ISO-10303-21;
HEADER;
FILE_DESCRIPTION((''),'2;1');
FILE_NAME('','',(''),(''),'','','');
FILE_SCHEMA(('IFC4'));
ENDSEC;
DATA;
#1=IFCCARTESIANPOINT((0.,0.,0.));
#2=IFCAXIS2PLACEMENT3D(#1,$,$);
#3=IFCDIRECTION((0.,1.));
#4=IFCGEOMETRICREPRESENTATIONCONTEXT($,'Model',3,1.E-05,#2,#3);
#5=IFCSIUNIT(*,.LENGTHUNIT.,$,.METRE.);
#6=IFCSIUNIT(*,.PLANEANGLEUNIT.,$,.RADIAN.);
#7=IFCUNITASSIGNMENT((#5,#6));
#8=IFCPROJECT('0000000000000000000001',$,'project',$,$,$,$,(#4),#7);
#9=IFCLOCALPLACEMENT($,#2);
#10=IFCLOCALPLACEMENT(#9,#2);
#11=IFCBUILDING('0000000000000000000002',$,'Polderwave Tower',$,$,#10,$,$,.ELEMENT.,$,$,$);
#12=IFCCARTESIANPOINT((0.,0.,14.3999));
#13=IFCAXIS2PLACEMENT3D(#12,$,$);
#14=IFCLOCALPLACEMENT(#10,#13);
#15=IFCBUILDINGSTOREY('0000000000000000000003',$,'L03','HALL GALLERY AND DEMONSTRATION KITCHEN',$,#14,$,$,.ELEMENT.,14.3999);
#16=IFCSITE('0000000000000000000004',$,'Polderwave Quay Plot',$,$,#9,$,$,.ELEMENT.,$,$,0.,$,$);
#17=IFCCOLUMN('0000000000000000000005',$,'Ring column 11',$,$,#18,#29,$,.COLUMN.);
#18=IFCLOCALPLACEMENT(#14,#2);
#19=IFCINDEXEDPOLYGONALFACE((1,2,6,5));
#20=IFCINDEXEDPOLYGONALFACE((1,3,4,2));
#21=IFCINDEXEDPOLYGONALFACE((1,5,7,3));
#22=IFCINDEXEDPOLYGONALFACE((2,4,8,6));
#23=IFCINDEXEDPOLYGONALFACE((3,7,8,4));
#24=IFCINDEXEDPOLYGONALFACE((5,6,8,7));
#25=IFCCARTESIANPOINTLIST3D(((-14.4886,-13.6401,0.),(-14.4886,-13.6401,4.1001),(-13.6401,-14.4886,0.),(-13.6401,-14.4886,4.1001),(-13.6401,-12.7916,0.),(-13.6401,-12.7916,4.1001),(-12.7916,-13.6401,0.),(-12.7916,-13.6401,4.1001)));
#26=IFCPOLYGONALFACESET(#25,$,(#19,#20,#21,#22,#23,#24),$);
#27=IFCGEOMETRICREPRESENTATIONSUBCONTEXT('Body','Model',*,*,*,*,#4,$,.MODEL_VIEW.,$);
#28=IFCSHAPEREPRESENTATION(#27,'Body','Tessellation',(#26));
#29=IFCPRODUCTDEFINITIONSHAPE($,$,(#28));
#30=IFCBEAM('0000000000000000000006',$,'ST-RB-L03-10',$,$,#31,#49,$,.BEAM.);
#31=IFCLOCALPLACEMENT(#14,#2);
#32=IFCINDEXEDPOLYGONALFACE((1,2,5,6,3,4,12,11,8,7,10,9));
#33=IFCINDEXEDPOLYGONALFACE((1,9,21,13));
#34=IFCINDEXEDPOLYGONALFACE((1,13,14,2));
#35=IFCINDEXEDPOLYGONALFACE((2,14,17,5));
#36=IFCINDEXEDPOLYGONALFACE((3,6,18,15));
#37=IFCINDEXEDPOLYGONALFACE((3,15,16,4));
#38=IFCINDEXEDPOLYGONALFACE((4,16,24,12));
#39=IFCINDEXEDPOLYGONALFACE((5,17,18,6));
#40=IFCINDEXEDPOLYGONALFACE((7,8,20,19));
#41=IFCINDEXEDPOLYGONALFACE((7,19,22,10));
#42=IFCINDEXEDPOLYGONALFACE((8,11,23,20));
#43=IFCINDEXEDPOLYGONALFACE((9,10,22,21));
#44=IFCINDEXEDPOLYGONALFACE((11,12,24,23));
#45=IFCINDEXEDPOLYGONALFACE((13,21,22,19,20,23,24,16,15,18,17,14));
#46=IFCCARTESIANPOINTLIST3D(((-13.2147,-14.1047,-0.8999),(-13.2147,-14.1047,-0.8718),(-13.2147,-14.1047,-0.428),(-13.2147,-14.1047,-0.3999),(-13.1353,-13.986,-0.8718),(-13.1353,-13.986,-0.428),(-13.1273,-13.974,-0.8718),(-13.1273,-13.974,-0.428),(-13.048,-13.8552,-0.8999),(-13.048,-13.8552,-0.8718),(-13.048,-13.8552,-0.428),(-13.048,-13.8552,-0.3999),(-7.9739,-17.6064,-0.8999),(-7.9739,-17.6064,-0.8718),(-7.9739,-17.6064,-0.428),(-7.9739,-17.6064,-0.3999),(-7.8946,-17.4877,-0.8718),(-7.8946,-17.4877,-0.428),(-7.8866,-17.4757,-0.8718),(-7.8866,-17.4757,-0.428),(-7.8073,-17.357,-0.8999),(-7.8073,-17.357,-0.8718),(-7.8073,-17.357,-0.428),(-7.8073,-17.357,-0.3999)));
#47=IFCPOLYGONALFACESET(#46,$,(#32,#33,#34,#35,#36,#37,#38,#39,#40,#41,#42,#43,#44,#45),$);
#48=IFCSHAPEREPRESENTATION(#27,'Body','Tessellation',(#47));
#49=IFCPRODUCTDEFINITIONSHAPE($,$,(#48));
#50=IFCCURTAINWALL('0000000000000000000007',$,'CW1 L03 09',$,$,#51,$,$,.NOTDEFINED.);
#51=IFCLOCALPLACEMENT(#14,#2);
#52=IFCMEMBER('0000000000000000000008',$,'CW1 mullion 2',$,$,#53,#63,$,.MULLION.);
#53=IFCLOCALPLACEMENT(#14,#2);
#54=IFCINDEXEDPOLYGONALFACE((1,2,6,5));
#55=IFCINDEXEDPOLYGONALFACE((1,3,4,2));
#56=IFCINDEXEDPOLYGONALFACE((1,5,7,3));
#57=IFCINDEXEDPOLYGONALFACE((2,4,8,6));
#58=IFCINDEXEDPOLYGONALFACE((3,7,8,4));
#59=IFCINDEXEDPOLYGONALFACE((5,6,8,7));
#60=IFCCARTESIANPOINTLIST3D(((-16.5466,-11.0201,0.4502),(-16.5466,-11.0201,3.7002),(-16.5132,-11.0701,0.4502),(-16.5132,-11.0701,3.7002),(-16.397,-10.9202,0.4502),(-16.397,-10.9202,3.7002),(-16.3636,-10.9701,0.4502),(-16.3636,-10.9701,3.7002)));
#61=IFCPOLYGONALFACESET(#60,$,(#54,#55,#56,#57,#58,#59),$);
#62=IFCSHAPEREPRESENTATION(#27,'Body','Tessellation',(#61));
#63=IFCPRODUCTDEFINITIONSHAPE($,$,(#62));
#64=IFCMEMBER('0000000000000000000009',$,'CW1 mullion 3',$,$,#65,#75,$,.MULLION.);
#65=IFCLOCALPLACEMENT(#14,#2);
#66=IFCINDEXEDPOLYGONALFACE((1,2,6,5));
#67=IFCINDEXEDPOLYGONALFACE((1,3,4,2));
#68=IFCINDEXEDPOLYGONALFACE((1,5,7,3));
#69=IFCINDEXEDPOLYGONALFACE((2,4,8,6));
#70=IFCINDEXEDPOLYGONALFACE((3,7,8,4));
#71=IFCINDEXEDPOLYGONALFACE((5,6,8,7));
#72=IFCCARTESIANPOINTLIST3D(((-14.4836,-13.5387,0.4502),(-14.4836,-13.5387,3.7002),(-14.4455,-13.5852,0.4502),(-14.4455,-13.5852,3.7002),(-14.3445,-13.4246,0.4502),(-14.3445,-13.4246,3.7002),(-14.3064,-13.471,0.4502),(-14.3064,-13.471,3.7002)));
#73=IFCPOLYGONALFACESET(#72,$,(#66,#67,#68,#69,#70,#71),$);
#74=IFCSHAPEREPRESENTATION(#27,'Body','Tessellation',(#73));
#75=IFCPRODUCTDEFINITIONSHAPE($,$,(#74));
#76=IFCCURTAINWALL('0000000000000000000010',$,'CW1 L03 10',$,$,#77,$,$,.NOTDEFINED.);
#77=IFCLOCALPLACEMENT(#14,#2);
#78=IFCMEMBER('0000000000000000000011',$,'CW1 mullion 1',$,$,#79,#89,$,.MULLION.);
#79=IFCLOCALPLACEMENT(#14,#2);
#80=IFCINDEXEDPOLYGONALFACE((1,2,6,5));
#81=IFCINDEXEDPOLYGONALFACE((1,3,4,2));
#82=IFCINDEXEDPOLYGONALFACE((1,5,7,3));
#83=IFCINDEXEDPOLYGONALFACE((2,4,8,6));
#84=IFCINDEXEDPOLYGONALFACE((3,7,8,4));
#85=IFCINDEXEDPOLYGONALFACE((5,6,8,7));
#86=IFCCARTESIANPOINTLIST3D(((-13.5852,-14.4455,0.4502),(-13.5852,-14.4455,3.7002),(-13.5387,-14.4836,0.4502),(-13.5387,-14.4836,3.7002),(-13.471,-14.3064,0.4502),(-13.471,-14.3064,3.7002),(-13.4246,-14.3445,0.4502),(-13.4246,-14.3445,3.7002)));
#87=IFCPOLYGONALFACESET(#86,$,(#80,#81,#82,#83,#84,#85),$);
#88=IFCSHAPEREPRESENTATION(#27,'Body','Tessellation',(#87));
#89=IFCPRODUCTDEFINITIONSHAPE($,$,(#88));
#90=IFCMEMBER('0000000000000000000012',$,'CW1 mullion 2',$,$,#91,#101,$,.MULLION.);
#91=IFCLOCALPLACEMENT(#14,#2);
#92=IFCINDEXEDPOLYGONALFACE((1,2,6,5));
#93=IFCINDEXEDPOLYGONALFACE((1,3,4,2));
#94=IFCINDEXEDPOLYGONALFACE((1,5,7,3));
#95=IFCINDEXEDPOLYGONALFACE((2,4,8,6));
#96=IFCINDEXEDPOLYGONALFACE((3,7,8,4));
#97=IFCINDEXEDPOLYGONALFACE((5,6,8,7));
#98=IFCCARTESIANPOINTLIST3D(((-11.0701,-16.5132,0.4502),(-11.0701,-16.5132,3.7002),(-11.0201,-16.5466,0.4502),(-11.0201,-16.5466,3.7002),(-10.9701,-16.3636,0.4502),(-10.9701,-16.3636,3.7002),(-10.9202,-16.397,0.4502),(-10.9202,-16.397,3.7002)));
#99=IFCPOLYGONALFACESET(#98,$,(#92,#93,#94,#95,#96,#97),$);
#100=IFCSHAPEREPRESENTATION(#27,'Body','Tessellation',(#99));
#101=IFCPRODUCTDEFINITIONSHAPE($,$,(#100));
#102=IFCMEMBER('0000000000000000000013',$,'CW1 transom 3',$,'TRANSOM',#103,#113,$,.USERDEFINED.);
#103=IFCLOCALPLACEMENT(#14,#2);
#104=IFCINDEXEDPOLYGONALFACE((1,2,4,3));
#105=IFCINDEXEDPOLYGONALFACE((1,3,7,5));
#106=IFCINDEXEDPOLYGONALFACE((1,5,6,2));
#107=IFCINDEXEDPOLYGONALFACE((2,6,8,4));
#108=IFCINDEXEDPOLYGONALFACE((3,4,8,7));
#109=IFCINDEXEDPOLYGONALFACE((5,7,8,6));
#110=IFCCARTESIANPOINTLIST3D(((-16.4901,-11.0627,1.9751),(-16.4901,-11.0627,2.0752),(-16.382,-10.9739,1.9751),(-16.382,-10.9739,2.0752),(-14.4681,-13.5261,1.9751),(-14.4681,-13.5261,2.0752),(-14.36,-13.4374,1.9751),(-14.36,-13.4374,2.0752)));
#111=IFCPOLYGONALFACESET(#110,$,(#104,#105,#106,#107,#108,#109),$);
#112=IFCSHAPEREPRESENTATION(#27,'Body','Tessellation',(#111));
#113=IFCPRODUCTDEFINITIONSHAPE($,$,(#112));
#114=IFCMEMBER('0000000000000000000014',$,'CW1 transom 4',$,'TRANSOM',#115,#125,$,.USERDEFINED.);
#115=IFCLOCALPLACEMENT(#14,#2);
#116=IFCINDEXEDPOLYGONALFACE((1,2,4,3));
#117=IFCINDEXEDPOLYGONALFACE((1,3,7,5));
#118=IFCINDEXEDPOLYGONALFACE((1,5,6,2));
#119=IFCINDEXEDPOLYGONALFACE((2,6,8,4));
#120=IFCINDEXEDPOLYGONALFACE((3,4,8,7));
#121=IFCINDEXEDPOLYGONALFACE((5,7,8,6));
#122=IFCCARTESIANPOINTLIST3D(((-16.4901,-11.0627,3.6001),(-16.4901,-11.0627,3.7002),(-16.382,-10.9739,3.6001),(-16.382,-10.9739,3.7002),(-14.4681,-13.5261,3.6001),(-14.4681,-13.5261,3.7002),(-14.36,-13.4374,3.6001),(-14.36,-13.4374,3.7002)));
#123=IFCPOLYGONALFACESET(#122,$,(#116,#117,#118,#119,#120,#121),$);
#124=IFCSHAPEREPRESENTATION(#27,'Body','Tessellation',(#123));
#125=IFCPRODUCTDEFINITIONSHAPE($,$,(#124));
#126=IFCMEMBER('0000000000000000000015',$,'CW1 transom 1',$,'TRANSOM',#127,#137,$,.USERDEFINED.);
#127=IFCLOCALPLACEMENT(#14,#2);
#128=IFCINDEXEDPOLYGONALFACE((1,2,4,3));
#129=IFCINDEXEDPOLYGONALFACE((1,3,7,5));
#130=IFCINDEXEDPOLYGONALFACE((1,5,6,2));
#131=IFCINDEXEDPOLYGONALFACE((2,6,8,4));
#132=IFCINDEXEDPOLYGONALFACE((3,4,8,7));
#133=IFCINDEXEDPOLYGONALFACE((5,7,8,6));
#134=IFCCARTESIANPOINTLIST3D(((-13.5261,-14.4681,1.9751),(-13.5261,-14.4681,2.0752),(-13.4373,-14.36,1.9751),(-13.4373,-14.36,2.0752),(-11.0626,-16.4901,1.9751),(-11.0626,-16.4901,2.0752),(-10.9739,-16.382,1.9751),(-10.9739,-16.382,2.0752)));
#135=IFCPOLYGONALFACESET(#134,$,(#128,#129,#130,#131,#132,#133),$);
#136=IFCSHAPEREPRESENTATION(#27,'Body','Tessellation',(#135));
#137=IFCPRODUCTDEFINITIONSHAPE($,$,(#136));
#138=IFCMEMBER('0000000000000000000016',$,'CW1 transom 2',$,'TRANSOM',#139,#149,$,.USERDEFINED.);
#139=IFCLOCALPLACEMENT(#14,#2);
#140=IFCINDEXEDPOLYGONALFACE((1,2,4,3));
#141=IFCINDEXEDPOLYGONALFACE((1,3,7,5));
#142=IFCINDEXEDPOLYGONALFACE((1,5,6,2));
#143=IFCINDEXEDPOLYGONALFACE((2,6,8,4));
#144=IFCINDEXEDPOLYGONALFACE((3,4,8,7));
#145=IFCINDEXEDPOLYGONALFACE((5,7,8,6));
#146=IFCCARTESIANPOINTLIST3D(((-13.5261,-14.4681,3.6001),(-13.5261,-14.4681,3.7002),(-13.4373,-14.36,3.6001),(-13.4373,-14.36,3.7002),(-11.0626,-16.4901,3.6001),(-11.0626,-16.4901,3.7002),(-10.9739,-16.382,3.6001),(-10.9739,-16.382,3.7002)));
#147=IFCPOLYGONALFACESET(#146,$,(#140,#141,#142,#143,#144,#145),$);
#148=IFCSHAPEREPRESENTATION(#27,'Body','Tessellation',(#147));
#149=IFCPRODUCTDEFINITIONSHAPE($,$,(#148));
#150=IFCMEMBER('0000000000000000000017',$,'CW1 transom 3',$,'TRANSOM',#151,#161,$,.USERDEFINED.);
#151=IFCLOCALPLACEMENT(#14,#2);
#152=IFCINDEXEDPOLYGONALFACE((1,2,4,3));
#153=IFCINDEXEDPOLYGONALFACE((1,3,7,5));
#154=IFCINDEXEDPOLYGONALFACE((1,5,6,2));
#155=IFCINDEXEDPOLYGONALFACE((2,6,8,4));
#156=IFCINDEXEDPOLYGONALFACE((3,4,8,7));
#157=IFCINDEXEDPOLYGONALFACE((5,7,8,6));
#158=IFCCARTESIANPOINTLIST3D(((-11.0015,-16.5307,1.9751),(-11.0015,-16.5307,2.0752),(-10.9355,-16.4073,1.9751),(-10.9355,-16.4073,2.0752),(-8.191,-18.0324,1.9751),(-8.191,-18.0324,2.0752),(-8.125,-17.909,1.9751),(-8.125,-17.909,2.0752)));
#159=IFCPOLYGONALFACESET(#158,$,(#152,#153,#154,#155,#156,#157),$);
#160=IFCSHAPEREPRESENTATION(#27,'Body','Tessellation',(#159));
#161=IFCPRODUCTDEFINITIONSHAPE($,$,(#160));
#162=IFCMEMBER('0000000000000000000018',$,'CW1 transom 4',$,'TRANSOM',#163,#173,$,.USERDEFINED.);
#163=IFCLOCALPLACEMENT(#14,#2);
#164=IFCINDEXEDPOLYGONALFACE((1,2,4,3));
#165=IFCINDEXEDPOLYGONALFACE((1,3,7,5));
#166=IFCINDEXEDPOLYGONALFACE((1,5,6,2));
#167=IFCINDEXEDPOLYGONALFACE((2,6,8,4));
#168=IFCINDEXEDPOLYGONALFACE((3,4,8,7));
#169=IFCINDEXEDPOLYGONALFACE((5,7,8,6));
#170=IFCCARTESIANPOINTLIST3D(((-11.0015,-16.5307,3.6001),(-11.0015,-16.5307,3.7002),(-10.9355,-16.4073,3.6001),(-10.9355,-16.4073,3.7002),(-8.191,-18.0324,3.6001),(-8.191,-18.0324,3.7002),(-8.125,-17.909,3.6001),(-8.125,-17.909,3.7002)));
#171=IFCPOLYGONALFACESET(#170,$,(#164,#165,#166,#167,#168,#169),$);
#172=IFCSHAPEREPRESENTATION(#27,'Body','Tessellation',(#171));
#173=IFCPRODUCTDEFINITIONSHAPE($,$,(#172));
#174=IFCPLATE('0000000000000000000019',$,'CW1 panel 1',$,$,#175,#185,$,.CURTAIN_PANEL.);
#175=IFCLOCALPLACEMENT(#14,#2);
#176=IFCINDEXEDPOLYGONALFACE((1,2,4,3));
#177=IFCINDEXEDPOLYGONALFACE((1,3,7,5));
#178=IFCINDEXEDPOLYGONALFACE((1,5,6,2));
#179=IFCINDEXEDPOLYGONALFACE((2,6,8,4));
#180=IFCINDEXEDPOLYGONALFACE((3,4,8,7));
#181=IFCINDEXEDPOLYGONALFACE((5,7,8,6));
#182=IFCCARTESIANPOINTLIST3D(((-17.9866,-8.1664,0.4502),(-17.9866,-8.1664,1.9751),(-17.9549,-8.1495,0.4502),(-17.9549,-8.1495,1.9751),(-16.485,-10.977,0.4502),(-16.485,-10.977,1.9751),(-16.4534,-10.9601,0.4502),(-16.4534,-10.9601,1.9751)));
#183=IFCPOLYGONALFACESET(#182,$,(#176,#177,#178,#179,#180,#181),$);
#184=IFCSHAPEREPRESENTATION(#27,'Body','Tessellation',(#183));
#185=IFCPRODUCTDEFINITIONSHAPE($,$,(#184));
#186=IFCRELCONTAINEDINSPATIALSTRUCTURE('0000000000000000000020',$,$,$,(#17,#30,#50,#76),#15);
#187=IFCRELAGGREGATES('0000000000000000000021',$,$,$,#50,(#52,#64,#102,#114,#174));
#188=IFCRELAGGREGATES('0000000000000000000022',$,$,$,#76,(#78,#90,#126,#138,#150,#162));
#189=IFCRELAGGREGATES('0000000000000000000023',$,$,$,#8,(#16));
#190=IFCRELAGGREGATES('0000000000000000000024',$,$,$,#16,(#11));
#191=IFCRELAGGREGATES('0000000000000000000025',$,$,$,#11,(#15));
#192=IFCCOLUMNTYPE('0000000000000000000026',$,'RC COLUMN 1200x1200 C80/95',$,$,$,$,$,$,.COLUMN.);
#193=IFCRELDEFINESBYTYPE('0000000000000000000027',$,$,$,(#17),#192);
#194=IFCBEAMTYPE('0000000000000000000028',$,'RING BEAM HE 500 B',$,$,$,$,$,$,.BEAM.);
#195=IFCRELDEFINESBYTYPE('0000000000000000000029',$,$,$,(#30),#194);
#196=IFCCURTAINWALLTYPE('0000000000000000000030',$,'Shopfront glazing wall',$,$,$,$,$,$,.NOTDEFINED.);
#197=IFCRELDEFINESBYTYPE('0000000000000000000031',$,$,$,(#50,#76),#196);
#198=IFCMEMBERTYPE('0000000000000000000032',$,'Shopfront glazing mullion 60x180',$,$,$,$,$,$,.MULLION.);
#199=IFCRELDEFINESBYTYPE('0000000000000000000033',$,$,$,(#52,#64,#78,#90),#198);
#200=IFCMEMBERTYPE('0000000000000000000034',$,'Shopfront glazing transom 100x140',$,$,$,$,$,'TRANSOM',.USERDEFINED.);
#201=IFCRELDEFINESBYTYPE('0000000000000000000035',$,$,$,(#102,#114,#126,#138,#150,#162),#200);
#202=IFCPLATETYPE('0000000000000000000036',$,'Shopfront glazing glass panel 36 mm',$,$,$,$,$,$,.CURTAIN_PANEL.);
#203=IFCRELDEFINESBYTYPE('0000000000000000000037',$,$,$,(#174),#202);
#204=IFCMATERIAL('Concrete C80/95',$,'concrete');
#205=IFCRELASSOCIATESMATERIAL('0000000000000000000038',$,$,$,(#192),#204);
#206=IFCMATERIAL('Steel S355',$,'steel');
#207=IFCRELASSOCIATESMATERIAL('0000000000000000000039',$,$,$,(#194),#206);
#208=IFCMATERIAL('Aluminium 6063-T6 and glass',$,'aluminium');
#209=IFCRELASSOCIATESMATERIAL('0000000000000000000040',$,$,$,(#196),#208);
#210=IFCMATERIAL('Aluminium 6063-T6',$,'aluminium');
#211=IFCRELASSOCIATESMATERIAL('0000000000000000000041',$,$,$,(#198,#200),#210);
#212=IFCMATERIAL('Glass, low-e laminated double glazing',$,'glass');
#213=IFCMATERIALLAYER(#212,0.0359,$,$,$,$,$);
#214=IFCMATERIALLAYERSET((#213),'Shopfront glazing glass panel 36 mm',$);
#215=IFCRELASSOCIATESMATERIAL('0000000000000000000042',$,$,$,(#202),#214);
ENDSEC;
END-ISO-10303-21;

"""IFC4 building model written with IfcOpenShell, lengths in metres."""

from ifc_helpers import new_model, si_unit, direction, frame, origin, origin_2d, place, context, subcontext, project, spatial, rectangle, i_section, extrude, material, layer, layer_set, material_profile, profile_set, type_object, element, aggregate, save


model = new_model("IFC4")

# Units and contexts
model_context = context("Model", 3, precision=1e-05, world=origin(), true_north=direction((0.0, 1.0)))
body_context = subcontext(model_context, "Body", "Model", "MODEL_VIEW")
ifc_project = project(units=[si_unit("LENGTHUNIT", "METRE"), si_unit("PLANEANGLEUNIT", "RADIAN")], contexts=[model_context])

# Site, building, storey
site_placement = place(None, origin())
site = spatial("IfcSite", under=ifc_project, at=site_placement, Name="Polderwave Quay Plot", CompositionType="ELEMENT", RefElevation=0.0)
building_placement = place(site_placement, origin())
building = spatial("IfcBuilding", under=site, at=building_placement, Name="Polderwave Tower", CompositionType="ELEMENT")
storey_placement = place(building_placement, frame((0.0, 0.0, 14.3999)))
storey = spatial("IfcBuildingStorey", under=building, at=storey_placement, Name="L03", Description="HALL GALLERY AND DEMONSTRATION KITCHEN", CompositionType="ELEMENT", Elevation=14.3999)

# Column
ifc_material_1 = material(Name="Concrete C80/95", Category="concrete")
ifc_material_profile_1 = material_profile(ifc_material_1, rectangle(XDim=1.2, YDim=1.2, at=origin_2d()), Name="RC 1200x1200")
ifc_profile_set_1 = profile_set([ifc_material_profile_1], Name="Concrete C80/95")
column_type = type_object("IfcColumnType", Name="RC COLUMN 1200x1200 C80/95", PredefinedType="COLUMN", material=ifc_profile_set_1)
column_placement = place(storey_placement, frame((-13.6401, -13.6401, 0.0), z_axis=(0.0, 0.0, 1.0), x_axis=(-0.707107, -0.707107, 0.0)))
element("IfcColumn", 1, at=column_placement, inside=storey, type_object=column_type, Name="Ring column 11", PredefinedType="COLUMN", context=body_context, shape_type="SweptSolid", body=[
    extrude(rectangle(XDim=1.2, YDim=1.2, at=origin_2d()), origin(), (0.0, 0.0, 1.0), 4.1001),
])

# Beam
ifc_material_2 = material(Name="Steel S355", Category="steel")
ifc_material_profile_2 = material_profile(ifc_material_2, i_section(OverallWidth=0.3, OverallDepth=0.5, WebThickness=0.0144, FlangeThickness=0.0281, at=origin_2d()), Name="HE 500 B")
ifc_profile_set_2 = profile_set([ifc_material_profile_2], Name="Steel S355")
beam_type = type_object("IfcBeamType", Name="RING BEAM HE 500 B", PredefinedType="BEAM", material=ifc_profile_set_2)
beam_placement = place(storey_placement, frame((-13.1313, -13.98, -0.6499), z_axis=(0.831472, -0.555567, 0.0), x_axis=(0.555567, 0.831472, 0.0)))
element("IfcBeam", 2, at=beam_placement, inside=storey, type_object=beam_type, Name="ST-RB-L03-10", PredefinedType="BEAM", context=body_context, shape_type="SweptSolid", body=[
    extrude(i_section(OverallWidth=0.3, OverallDepth=0.5, WebThickness=0.0144, FlangeThickness=0.0281, at=origin_2d()), origin(), (0.0, 0.0, 1.0), 6.303),
])

# Curtain walls, members
ifc_material_3 = material(Name="Aluminium 6063-T6 and glass", Category="aluminium")
curtain_wall_type = type_object("IfcCurtainWallType", Name="Shopfront glazing wall", PredefinedType="NOTDEFINED", material=ifc_material_3)
curtain_wall_1_placement = place(storey_placement, origin())
curtain_wall_1 = element("IfcCurtainWall", 3, at=curtain_wall_1_placement, inside=storey, type_object=curtain_wall_type, Name="CW1 L03 09", PredefinedType="NOTDEFINED")
ifc_material_4 = material(Name="Aluminium 6063-T6", Category="aluminium")
ifc_material_profile_3 = material_profile(ifc_material_4, rectangle(XDim=0.1799, YDim=0.0601, at=origin_2d()), Name="AL 60x180")
ifc_profile_set_3 = profile_set([ifc_material_profile_3], Name="Aluminium 6063-T6")
member_type_1 = type_object("IfcMemberType", Name="Shopfront glazing mullion 60x180", PredefinedType="MULLION", material=ifc_profile_set_3)
member_1_placement = place(storey_placement, frame((-16.4551, -10.9951, 0.4502), z_axis=(0.0, 0.0, 1.0), x_axis=(0.83151, 0.555509, 0.0)))
member_1 = element("IfcMember", 4, at=member_1_placement, type_object=member_type_1, Name="CW1 mullion 2", PredefinedType="MULLION", context=body_context, shape_type="SweptSolid", body=[
    extrude(rectangle(XDim=0.1799, YDim=0.0601, at=origin_2d()), origin(), (0.0, 0.0, 1.0), 3.25),
])
member_2_placement = place(storey_placement, frame((-14.395, -13.5049, 0.4502), z_axis=(0.0, 0.0, 1.0), x_axis=(0.772977, 0.634434, 0.0)))
member_2 = element("IfcMember", 5, at=member_2_placement, type_object=member_type_1, Name="CW1 mullion 3", PredefinedType="MULLION", context=body_context, shape_type="SweptSolid", body=[
    extrude(rectangle(XDim=0.1799, YDim=0.0601, at=origin_2d()), origin(), (0.0, 0.0, 1.0), 3.25),
])
curtain_wall_2_placement = place(storey_placement, origin())
curtain_wall_2 = element("IfcCurtainWall", 6, at=curtain_wall_2_placement, inside=storey, type_object=curtain_wall_type, Name="CW1 L03 10", PredefinedType="NOTDEFINED")
member_3_placement = place(storey_placement, frame((-13.5049, -14.395, 0.4502), z_axis=(0.0, 0.0, 1.0), x_axis=(0.634434, 0.772977, 0.0)))
member_3 = element("IfcMember", 7, at=member_3_placement, type_object=member_type_1, Name="CW1 mullion 1", PredefinedType="MULLION", context=body_context, shape_type="SweptSolid", body=[
    extrude(rectangle(XDim=0.1799, YDim=0.0601, at=origin_2d()), origin(), (0.0, 0.0, 1.0), 3.25),
])
member_4_placement = place(storey_placement, frame((-10.9951, -16.4551, 0.4502), z_axis=(0.0, 0.0, 1.0), x_axis=(0.555509, 0.83151, 0.0)))
member_4 = element("IfcMember", 8, at=member_4_placement, type_object=member_type_1, Name="CW1 mullion 2", PredefinedType="MULLION", context=body_context, shape_type="SweptSolid", body=[
    extrude(rectangle(XDim=0.1799, YDim=0.0601, at=origin_2d()), origin(), (0.0, 0.0, 1.0), 3.25),
])

# Members
ifc_material_profile_4 = material_profile(ifc_material_4, rectangle(XDim=0.1399, YDim=0.1001, at=origin_2d()), Name="AL 100x140")
ifc_profile_set_4 = profile_set([ifc_material_profile_4], Name="Aluminium 6063-T6")
member_type_2 = type_object("IfcMemberType", Name="Shopfront glazing transom 100x140", ElementType="TRANSOM", PredefinedType="USERDEFINED", material=ifc_profile_set_4)
member_5_placement = place(storey_placement, frame((-16.436, -11.0183, 2.0251), z_axis=(0.634455, -0.77296, 0.0), x_axis=(0.77296, 0.634455, 0.0)))
member_5 = element("IfcMember", 9, at=member_5_placement, type_object=member_type_2, Name="CW1 transom 3", ObjectType="TRANSOM", PredefinedType="USERDEFINED", context=body_context, shape_type="SweptSolid", body=[
    extrude(rectangle(XDim=0.1399, YDim=0.1001, at=origin_2d()), origin(), (0.0, 0.0, 1.0), 3.187),
])
member_6_placement = place(storey_placement, frame((-16.436, -11.0183, 3.6501), z_axis=(0.634455, -0.77296, 0.0), x_axis=(0.77296, 0.634455, 0.0)))
member_6 = element("IfcMember", 10, at=member_6_placement, type_object=member_type_2, Name="CW1 transom 4", ObjectType="TRANSOM", PredefinedType="USERDEFINED", context=body_context, shape_type="SweptSolid", body=[
    extrude(rectangle(XDim=0.1399, YDim=0.1001, at=origin_2d()), origin(), (0.0, 0.0, 1.0), 3.187),
])
member_7_placement = place(storey_placement, frame((-13.4817, -14.4141, 2.0251), z_axis=(0.77296, -0.634455, 0.0), x_axis=(0.634455, 0.77296, 0.0)))
member_7 = element("IfcMember", 11, at=member_7_placement, type_object=member_type_2, Name="CW1 transom 1", ObjectType="TRANSOM", PredefinedType="USERDEFINED", context=body_context, shape_type="SweptSolid", body=[
    extrude(rectangle(XDim=0.1399, YDim=0.1001, at=origin_2d()), origin(), (0.0, 0.0, 1.0), 3.187),
])
member_8_placement = place(storey_placement, frame((-13.4817, -14.4141, 3.6501), z_axis=(0.77296, -0.634455, 0.0), x_axis=(0.634455, 0.77296, 0.0)))
member_8 = element("IfcMember", 12, at=member_8_placement, type_object=member_type_2, Name="CW1 transom 2", ObjectType="TRANSOM", PredefinedType="USERDEFINED", context=body_context, shape_type="SweptSolid", body=[
    extrude(rectangle(XDim=0.1399, YDim=0.1001, at=origin_2d()), origin(), (0.0, 0.0, 1.0), 3.187),
])
member_9_placement = place(storey_placement, frame((-10.9685, -16.469, 2.0251), z_axis=(0.881994, -0.47126, 0.0), x_axis=(0.47126, 0.881994, 0.0)))
member_9 = element("IfcMember", 13, at=member_9_placement, type_object=member_type_2, Name="CW1 transom 3", ObjectType="TRANSOM", PredefinedType="USERDEFINED", context=body_context, shape_type="SweptSolid", body=[
    extrude(rectangle(XDim=0.1399, YDim=0.1001, at=origin_2d()), origin(), (0.0, 0.0, 1.0), 3.1865),
])
member_10_placement = place(storey_placement, frame((-10.9685, -16.469, 3.6501), z_axis=(0.881994, -0.47126, 0.0), x_axis=(0.47126, 0.881994, 0.0)))
member_10 = element("IfcMember", 14, at=member_10_placement, type_object=member_type_2, Name="CW1 transom 4", ObjectType="TRANSOM", PredefinedType="USERDEFINED", context=body_context, shape_type="SweptSolid", body=[
    extrude(rectangle(XDim=0.1399, YDim=0.1001, at=origin_2d()), origin(), (0.0, 0.0, 1.0), 3.1865),
])

# Plate
ifc_material_5 = material(Name="Glass, low-e laminated double glazing", Category="glass")
ifc_layer_1 = layer(ifc_material_5, 0.0359)
ifc_layer_set_1 = layer_set([ifc_layer_1], Name="Shopfront glazing glass panel 36 mm")
plate_type = type_object("IfcPlateType", Name="Shopfront glazing glass panel 36 mm", PredefinedType="CURTAIN_PANEL", material=ifc_layer_set_1)
plate_1_placement = place(storey_placement, frame((-17.22, -9.5632, 0.4502), z_axis=(0.0, 0.0, 1.0), x_axis=(0.471221, -0.882015, 0.0)))
plate_1 = element("IfcPlate", 15, at=plate_1_placement, type_object=plate_type, Name="CW1 panel 1", PredefinedType="CURTAIN_PANEL", context=body_context, shape_type="SweptSolid", body=[
    extrude(rectangle(XDim=3.1865, YDim=0.0359, at=origin_2d()), origin(), (0.0, 0.0, 1.0), 1.5249),
])
aggregate(curtain_wall_1, [member_1, member_2, member_5, member_6, plate_1])
aggregate(curtain_wall_2, [member_3, member_4, member_7, member_8, member_9, member_10])

save(model, "model.ifc")
